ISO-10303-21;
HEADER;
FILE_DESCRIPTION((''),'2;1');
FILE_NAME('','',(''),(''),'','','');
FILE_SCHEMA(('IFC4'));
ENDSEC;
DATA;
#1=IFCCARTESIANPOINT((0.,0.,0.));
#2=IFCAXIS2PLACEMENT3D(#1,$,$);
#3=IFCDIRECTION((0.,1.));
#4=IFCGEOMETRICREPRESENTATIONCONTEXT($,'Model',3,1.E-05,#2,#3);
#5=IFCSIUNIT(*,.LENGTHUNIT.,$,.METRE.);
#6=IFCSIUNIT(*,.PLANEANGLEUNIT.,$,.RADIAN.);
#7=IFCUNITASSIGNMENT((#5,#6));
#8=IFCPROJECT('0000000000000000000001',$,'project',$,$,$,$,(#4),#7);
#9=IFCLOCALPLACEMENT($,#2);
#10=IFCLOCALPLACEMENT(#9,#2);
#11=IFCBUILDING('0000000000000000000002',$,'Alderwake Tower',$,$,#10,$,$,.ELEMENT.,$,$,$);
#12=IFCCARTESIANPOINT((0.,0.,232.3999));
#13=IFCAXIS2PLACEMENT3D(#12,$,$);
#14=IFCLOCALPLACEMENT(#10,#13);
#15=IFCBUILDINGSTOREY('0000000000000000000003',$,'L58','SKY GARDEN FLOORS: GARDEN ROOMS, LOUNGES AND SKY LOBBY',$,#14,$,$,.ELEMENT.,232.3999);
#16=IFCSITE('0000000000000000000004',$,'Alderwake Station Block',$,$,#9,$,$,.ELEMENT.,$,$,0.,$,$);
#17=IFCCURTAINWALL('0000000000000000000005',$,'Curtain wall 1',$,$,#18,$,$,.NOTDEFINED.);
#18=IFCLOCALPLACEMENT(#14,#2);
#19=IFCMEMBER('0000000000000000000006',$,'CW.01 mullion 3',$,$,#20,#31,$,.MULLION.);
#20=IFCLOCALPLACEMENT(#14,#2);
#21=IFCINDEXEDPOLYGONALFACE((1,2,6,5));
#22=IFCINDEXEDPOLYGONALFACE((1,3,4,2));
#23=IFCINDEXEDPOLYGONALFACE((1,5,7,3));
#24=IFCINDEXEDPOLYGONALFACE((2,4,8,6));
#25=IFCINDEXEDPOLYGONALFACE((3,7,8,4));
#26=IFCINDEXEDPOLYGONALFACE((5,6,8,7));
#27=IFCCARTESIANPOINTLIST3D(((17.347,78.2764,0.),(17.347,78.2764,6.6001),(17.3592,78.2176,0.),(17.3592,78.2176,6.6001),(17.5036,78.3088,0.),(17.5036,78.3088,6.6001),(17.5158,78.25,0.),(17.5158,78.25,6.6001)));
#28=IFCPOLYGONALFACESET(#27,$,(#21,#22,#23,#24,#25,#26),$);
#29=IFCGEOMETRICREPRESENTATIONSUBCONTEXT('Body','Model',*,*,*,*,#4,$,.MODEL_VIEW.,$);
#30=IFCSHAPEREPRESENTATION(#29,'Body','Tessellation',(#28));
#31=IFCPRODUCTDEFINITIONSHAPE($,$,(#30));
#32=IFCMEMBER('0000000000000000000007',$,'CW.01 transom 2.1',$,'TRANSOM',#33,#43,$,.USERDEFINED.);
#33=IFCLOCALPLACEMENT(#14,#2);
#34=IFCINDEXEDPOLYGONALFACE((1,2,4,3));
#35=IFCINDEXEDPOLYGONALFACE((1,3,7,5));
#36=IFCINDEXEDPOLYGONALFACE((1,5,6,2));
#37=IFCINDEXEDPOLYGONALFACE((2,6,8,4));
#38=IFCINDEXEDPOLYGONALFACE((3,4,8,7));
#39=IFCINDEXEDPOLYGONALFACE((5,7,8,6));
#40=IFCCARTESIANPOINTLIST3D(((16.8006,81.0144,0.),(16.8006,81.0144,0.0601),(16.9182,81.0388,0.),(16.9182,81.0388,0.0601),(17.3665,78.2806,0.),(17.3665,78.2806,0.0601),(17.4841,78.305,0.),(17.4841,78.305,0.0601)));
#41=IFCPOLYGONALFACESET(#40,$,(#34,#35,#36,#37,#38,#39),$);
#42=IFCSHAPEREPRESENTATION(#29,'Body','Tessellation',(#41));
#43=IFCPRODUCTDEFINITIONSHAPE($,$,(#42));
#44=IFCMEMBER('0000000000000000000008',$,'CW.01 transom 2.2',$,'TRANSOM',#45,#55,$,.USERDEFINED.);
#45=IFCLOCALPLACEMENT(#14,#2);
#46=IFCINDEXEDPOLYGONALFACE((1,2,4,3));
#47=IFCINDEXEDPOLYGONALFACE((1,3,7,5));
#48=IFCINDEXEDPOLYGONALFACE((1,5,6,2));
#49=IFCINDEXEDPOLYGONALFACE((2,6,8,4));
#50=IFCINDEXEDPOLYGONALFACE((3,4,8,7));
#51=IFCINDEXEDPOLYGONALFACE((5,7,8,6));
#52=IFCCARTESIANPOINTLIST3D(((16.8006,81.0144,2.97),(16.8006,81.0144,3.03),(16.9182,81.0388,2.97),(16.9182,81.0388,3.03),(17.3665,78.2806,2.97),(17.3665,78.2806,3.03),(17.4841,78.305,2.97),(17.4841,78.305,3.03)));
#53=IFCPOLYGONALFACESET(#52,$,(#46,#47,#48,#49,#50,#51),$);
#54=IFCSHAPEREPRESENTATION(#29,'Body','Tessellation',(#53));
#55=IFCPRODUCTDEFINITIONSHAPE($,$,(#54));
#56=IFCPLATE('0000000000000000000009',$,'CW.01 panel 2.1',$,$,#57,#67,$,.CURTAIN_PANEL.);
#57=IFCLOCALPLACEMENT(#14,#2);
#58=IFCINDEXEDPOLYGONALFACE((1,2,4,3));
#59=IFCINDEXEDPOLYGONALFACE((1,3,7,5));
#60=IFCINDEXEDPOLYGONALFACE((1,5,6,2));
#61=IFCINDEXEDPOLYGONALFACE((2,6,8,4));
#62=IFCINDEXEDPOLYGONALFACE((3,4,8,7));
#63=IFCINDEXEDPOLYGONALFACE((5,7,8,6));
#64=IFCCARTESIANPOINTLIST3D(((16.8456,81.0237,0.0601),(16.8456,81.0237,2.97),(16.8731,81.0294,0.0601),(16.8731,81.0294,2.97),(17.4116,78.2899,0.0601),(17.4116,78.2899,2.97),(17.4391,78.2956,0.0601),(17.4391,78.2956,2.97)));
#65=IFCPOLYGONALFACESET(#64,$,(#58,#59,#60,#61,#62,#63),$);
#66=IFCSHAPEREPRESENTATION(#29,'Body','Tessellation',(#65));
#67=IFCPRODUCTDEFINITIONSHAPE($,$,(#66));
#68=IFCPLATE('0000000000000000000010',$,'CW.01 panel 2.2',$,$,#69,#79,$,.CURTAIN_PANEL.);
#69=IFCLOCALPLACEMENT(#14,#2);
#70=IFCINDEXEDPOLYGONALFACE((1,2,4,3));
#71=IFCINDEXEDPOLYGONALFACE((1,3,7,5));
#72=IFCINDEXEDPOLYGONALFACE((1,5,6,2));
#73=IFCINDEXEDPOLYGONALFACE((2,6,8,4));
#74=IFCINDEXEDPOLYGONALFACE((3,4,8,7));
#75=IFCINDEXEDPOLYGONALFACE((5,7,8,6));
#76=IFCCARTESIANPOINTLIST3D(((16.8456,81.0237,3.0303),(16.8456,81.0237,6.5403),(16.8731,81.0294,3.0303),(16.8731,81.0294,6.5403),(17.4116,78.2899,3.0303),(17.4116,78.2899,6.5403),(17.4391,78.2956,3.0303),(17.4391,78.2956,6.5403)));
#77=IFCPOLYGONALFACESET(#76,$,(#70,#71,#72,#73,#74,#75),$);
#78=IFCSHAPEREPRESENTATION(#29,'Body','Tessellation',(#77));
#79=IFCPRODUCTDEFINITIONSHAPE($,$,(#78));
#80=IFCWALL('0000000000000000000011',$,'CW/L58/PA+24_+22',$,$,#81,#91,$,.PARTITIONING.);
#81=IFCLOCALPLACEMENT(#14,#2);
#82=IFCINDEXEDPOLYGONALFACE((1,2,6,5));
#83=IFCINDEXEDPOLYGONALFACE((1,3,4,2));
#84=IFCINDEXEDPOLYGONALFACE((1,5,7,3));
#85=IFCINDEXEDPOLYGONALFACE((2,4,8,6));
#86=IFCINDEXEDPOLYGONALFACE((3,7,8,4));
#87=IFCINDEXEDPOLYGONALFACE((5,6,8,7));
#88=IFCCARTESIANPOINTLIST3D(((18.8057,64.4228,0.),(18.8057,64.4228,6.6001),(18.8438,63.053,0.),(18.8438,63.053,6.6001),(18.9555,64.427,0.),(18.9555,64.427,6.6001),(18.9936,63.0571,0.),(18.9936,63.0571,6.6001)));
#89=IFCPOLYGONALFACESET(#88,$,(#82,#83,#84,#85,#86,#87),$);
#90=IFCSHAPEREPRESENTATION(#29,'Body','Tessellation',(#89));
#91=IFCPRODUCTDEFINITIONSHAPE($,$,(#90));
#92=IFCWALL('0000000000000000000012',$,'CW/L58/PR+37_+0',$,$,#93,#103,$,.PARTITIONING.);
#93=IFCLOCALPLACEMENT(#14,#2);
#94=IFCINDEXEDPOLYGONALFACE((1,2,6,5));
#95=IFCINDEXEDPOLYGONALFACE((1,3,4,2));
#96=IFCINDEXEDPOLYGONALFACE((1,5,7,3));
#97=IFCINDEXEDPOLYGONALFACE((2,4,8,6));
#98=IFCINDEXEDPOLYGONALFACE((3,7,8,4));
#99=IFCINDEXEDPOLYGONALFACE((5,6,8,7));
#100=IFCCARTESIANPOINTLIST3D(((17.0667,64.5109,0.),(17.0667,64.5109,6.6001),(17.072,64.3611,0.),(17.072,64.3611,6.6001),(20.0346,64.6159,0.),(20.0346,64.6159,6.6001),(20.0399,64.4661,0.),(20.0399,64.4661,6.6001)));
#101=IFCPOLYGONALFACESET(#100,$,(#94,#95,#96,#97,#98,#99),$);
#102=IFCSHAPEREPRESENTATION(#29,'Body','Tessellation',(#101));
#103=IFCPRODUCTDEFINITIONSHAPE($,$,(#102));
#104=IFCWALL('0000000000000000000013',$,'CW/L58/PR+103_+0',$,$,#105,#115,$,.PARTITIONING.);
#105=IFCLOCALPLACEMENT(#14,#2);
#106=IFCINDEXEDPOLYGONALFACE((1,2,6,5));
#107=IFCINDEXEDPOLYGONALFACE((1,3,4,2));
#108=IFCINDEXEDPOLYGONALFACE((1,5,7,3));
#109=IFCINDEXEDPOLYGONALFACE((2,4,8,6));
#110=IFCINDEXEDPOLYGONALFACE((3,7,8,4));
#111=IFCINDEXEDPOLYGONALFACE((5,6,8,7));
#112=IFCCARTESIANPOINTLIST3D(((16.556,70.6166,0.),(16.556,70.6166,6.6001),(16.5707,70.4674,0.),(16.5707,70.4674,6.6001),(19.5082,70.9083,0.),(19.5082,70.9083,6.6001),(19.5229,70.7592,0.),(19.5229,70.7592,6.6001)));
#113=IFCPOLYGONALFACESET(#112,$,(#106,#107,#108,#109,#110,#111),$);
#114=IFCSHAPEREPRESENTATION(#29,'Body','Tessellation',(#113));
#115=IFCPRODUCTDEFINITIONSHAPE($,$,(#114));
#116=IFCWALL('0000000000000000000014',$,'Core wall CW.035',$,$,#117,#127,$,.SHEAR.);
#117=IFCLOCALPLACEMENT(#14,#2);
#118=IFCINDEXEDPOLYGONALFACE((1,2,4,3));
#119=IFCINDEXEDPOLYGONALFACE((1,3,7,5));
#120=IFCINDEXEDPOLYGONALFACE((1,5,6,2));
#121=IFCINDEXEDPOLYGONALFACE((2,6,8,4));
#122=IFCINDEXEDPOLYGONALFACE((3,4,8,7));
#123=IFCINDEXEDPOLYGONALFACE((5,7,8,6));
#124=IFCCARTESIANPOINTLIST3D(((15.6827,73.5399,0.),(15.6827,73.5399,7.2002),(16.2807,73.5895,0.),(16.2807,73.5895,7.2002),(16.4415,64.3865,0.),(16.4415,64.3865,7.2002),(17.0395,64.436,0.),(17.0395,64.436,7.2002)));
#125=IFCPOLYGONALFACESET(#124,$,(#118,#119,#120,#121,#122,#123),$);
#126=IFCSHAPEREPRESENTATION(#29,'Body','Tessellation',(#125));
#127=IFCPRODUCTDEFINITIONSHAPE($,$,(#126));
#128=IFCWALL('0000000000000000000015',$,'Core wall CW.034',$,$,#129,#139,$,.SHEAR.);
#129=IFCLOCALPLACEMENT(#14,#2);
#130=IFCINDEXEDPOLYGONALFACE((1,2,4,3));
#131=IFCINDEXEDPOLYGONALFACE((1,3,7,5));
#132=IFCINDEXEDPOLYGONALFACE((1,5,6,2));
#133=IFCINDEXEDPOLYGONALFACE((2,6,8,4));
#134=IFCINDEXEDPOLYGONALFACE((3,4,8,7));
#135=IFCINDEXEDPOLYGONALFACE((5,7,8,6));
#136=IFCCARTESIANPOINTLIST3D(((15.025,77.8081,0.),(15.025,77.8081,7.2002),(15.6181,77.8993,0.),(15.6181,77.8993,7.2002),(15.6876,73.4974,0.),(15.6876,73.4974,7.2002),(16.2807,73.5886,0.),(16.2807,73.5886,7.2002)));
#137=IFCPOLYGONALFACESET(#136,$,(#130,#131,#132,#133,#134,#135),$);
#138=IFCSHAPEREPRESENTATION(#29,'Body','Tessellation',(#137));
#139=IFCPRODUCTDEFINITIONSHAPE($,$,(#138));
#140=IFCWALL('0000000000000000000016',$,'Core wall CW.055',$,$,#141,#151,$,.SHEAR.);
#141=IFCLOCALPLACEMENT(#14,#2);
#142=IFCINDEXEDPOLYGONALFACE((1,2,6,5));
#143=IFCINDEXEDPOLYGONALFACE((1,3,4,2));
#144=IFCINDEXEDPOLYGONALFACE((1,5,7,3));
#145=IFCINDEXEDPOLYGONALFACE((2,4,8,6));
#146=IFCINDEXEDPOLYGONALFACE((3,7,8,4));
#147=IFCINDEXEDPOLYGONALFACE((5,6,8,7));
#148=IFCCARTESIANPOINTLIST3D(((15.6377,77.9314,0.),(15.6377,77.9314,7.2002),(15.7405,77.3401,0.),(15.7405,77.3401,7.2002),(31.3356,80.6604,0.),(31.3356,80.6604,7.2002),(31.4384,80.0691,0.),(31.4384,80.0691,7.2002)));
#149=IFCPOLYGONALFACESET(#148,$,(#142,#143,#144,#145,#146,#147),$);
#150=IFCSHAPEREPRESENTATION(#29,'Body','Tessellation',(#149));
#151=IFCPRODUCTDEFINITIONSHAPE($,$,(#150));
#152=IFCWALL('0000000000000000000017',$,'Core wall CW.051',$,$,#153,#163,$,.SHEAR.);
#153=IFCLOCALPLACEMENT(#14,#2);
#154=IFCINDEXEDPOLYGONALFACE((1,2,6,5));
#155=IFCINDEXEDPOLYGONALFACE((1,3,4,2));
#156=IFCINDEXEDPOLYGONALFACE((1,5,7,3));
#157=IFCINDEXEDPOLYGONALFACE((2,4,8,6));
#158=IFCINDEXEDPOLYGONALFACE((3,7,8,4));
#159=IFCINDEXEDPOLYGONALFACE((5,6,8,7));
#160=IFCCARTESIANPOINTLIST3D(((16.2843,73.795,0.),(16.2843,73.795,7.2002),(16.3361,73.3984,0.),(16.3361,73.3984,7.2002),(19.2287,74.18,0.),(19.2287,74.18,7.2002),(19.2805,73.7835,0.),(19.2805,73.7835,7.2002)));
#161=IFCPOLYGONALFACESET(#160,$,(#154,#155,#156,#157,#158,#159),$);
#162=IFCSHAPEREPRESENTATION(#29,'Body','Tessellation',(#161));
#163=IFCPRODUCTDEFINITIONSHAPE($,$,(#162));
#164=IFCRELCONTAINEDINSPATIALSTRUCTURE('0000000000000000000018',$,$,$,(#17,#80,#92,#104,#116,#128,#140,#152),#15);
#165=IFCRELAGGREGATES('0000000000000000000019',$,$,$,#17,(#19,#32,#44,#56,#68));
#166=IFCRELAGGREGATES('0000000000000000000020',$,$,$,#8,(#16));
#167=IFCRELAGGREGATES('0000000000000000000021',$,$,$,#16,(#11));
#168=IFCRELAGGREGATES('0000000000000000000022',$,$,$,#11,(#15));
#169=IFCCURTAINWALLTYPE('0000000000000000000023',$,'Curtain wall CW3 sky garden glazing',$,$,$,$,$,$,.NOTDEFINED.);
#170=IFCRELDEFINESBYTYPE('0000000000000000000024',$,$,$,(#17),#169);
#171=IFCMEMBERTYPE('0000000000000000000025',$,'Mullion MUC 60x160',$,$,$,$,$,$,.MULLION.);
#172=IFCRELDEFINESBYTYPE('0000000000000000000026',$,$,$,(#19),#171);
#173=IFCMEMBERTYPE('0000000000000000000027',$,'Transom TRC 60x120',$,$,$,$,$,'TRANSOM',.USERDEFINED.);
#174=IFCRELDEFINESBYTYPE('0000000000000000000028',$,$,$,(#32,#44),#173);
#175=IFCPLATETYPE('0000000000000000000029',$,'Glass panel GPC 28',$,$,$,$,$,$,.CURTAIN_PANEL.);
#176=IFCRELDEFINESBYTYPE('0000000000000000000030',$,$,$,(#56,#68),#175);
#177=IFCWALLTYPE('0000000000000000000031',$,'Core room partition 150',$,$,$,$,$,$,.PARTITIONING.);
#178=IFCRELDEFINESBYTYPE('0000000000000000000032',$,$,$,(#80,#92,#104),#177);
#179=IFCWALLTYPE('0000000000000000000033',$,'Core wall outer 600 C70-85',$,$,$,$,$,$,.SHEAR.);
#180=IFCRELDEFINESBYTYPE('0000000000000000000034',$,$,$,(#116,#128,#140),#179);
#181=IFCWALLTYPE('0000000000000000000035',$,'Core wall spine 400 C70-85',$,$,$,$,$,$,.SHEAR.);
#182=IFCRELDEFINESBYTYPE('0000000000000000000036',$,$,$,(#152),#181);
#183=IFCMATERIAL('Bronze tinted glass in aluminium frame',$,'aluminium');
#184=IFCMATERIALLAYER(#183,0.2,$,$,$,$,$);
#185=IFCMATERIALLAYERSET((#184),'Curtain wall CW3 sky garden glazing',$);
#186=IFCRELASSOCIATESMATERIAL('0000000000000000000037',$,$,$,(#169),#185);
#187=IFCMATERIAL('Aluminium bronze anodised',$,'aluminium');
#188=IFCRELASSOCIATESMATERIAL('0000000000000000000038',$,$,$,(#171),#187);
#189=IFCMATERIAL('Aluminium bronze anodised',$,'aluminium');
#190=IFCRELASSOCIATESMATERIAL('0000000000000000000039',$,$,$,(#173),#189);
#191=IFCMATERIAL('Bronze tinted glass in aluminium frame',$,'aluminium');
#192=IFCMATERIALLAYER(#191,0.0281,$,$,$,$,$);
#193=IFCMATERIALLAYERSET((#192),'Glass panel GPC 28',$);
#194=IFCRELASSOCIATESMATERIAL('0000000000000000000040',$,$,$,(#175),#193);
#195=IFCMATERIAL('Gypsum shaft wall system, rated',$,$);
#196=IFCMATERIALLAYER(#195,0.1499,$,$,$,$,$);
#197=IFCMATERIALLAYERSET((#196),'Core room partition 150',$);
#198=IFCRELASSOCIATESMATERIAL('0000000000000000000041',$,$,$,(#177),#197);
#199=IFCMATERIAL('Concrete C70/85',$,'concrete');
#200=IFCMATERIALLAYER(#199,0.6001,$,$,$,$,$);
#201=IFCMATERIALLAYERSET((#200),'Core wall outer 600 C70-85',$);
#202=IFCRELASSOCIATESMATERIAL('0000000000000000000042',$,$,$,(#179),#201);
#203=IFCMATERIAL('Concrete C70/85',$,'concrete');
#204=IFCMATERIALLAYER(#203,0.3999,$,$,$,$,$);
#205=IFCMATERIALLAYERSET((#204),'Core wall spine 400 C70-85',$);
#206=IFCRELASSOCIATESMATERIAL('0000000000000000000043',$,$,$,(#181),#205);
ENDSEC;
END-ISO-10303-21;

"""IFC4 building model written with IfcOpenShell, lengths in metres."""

from ifc_helpers import new_model, si_unit, direction, frame, frame_2d, origin, origin_2d, place, context, subcontext, project, spatial, rectangle, extrude, material, layer, layer_set, material_profile, profile_set, type_object, element, aggregate, save


model = new_model("IFC4")

# Units and contexts
model_context = context("Model", 3, precision=1e-05, world=origin(), true_north=direction((0.0, 1.0)))
body_context = subcontext(model_context, "Body", "Model", "MODEL_VIEW")
ifc_project = project(units=[si_unit("LENGTHUNIT", "METRE"), si_unit("PLANEANGLEUNIT", "RADIAN")], contexts=[model_context])

# Site, building, storey
site_placement = place(None, origin())
site = spatial("IfcSite", under=ifc_project, at=site_placement, Name="Alderwake Station Block", CompositionType="ELEMENT", RefElevation=0.0)
building_placement = place(site_placement, origin())
building = spatial("IfcBuilding", under=site, at=building_placement, Name="Alderwake Tower", CompositionType="ELEMENT")
storey_placement = place(building_placement, frame((0.0, 0.0, 232.3999)))
storey = spatial("IfcBuildingStorey", under=building, at=storey_placement, Name="L58", Description="SKY GARDEN FLOORS: GARDEN ROOMS, LOUNGES AND SKY LOBBY", CompositionType="ELEMENT", Elevation=232.3999)

# Curtain wall, members, plates
ifc_material_1 = material(Name="Bronze tinted glass in aluminium frame", Category="aluminium")
ifc_layer_1 = layer(ifc_material_1, 0.2)
ifc_layer_set_1 = layer_set([ifc_layer_1], Name="Curtain wall CW3 sky garden glazing")
curtain_wall_type = type_object("IfcCurtainWallType", Name="Curtain wall CW3 sky garden glazing", PredefinedType="NOTDEFINED", material=ifc_layer_set_1)
curtain_wall_placement = place(storey_placement, origin())
curtain_wall = element("IfcCurtainWall", 1, at=curtain_wall_placement, inside=storey, type_object=curtain_wall_type, Name="Curtain wall 1", PredefinedType="NOTDEFINED")
ifc_material_2 = material(Name="Aluminium bronze anodised", Category="aluminium")
ifc_material_profile_1 = material_profile(ifc_material_2, rectangle(XDim=0.1599, YDim=0.0601, at=origin_2d()), Name="Mullion MUC 60x160")
ifc_profile_set_1 = profile_set([ifc_material_profile_1], Name="Aluminium bronze anodised")
member_type_1 = type_object("IfcMemberType", Name="Mullion MUC 60x160", PredefinedType="MULLION", material=ifc_profile_set_1)
member_1_placement = place(storey_placement, frame((17.4314, 78.2632, 0.0), z_axis=(0.0, 0.0, 1.0), x_axis=(0.97923, 0.202751, 0.0)))
member_1 = element("IfcMember", 2, at=member_1_placement, type_object=member_type_1, Name="CW.01 mullion 3", PredefinedType="MULLION", context=body_context, shape_type="SweptSolid", body=[
    extrude(rectangle(XDim=0.1599, YDim=0.0601, at=origin_2d()), origin(), (0.0, 0.0, 1.0), 6.6001),
])
ifc_material_3 = material(Name="Aluminium bronze anodised", Category="aluminium")
ifc_material_profile_2 = material_profile(ifc_material_3, rectangle(XDim=0.1201, YDim=0.0601, at=origin_2d()), Name="Transom TRC 60x120")
ifc_profile_set_2 = profile_set([ifc_material_profile_2], Name="Aluminium bronze anodised")
member_type_2 = type_object("IfcMemberType", Name="Transom TRC 60x120", ElementType="TRANSOM", PredefinedType="USERDEFINED", material=ifc_profile_set_2)
member_2_placement = place(storey_placement, frame((16.8594, 81.0266, 0.03), z_axis=(0.202704, -0.97924, 0.0), x_axis=(0.97924, 0.202704, 0.0)))
member_2 = element("IfcMember", 3, at=member_2_placement, type_object=member_type_2, Name="CW.01 transom 2.1", ObjectType="TRANSOM", PredefinedType="USERDEFINED", context=body_context, shape_type="SweptSolid", body=[
    extrude(rectangle(XDim=0.1201, YDim=0.0601, at=origin_2d()), origin(), (0.0, 0.0, 1.0), 2.7917),
])
member_3_placement = place(storey_placement, frame((16.8594, 81.0266, 3.0), z_axis=(0.202704, -0.97924, 0.0), x_axis=(0.97924, 0.202704, 0.0)))
member_3 = element("IfcMember", 4, at=member_3_placement, type_object=member_type_2, Name="CW.01 transom 2.2", ObjectType="TRANSOM", PredefinedType="USERDEFINED", context=body_context, shape_type="SweptSolid", body=[
    extrude(rectangle(XDim=0.1201, YDim=0.0601, at=origin_2d()), origin(), (0.0, 0.0, 1.0), 2.7917),
])
ifc_material_4 = material(Name="Bronze tinted glass in aluminium frame", Category="aluminium")
ifc_layer_2 = layer(ifc_material_4, 0.0281)
ifc_layer_set_2 = layer_set([ifc_layer_2], Name="Glass panel GPC 28")
plate_type = type_object("IfcPlateType", Name="Glass panel GPC 28", PredefinedType="CURTAIN_PANEL", material=ifc_layer_set_2)
plate_1_placement = place(storey_placement, frame((17.1423, 79.6597, 0.0601), z_axis=(0.0, 0.0, 1.0), x_axis=(0.202751, -0.97923, 0.0)))
plate_1 = element("IfcPlate", 5, at=plate_1_placement, type_object=plate_type, Name="CW.01 panel 2.1", PredefinedType="CURTAIN_PANEL", context=body_context, shape_type="SweptSolid", body=[
    extrude(rectangle(XDim=2.7917, YDim=0.0281, at=origin_2d()), origin(), (0.0, 0.0, 1.0), 2.9099),
])
plate_2_placement = place(storey_placement, frame((17.1423, 79.6597, 3.0303), z_axis=(0.0, 0.0, 1.0), x_axis=(0.202751, -0.97923, 0.0)))
plate_2 = element("IfcPlate", 6, at=plate_2_placement, type_object=plate_type, Name="CW.01 panel 2.2", PredefinedType="CURTAIN_PANEL", context=body_context, shape_type="SweptSolid", body=[
    extrude(rectangle(XDim=2.7917, YDim=0.0281, at=origin_2d()), origin(), (0.0, 0.0, 1.0), 3.51),
])
aggregate(curtain_wall, [member_1, member_2, member_3, plate_1, plate_2])

# Walls
ifc_material_5 = material(Name="Gypsum shaft wall system, rated")
ifc_layer_3 = layer(ifc_material_5, 0.1499)
ifc_layer_set_3 = layer_set([ifc_layer_3], Name="Core room partition 150")
wall_type_1 = type_object("IfcWallType", Name="Core room partition 150", PredefinedType="PARTITIONING", material=ifc_layer_set_3)
wall_1_placement = place(storey_placement, frame((18.9187, 63.0552, 0.0), z_axis=(0.0, 0.0, 1.0), x_axis=(-0.027792, 0.999614, 0.0)))
element("IfcWall", 7, at=wall_1_placement, inside=storey, type_object=wall_type_1, Name="CW/L58/PA+24_+22", PredefinedType="PARTITIONING", context=body_context, shape_type="SweptSolid", body=[
    extrude(rectangle(XDim=1.3704, YDim=0.1499, at=frame_2d((0.6851, 0.0))), origin(), (0.0, 0.0, 1.0), 6.6001),
])
wall_2_placement = place(storey_placement, frame((17.0693, 64.436, 0.0), z_axis=(0.0, 0.0, 1.0), x_axis=(0.999375, 0.035351, 0.0)))
element("IfcWall", 8, at=wall_2_placement, inside=storey, type_object=wall_type_1, Name="CW/L58/PR+37_+0", PredefinedType="PARTITIONING", context=body_context, shape_type="SweptSolid", body=[
    extrude(rectangle(XDim=2.9697, YDim=0.1499, at=frame_2d((1.4849, 0.0))), origin(), (0.0, 0.0, 1.0), 6.6001),
])
wall_3_placement = place(storey_placement, frame((16.5632, 70.542, 0.0), z_axis=(0.0, 0.0, 1.0), x_axis=(0.995152, 0.098347, 0.0)))
element("IfcWall", 9, at=wall_3_placement, inside=storey, type_object=wall_type_1, Name="CW/L58/PR+103_+0", PredefinedType="PARTITIONING", context=body_context, shape_type="SweptSolid", body=[
    extrude(rectangle(XDim=2.9666, YDim=0.1499, at=frame_2d((1.4834, 0.0))), origin(), (0.0, 0.0, 1.0), 6.6001),
])
ifc_material_6 = material(Name="Concrete C70/85", Category="concrete")
ifc_layer_4 = layer(ifc_material_6, 0.6001)
ifc_layer_set_4 = layer_set([ifc_layer_4], Name="Core wall outer 600 C70-85")
wall_type_2 = type_object("IfcWallType", Name="Core wall outer 600 C70-85", PredefinedType="SHEAR", material=ifc_layer_set_4)
wall_4_placement = place(storey_placement, frame((16.7405, 64.4114, 0.0), z_axis=(0.0, 0.0, 1.0), x_axis=(-0.082614, 0.996582, 0.0)))
element("IfcWall", 10, at=wall_4_placement, inside=storey, type_object=wall_type_2, Name="Core wall CW.035", PredefinedType="SHEAR", context=body_context, shape_type="SweptSolid", body=[
    extrude(rectangle(XDim=9.1848, YDim=0.6001, at=frame_2d((4.5923, 0.0))), origin(), (0.0, 0.0, 1.0), 7.2002),
])
wall_5_placement = place(storey_placement, frame((15.9841, 73.543, 0.0), z_axis=(0.0, 0.0, 1.0), x_axis=(-0.151923, 0.988392, 0.0)))
element("IfcWall", 11, at=wall_5_placement, inside=storey, type_object=wall_type_2, Name="Core wall CW.034", PredefinedType="SHEAR", context=body_context, shape_type="SweptSolid", body=[
    extrude(rectangle(XDim=4.3613, YDim=0.6001, at=frame_2d((2.1807, 0.0))), origin(), (0.0, 0.0, 1.0), 7.2002),
])
wall_6_placement = place(storey_placement, frame((15.689, 77.6357, 0.0), z_axis=(0.0, 0.0, 1.0), x_axis=(0.985223, 0.171275, 0.0)))
element("IfcWall", 12, at=wall_6_placement, inside=storey, type_object=wall_type_2, Name="Core wall CW.055", PredefinedType="SHEAR", context=body_context, shape_type="SweptSolid", body=[
    extrude(rectangle(XDim=15.9333, YDim=0.6001, at=frame_2d((7.9668, 0.0))), origin(), (0.0, 0.0, 1.0), 7.2002),
])
ifc_material_7 = material(Name="Concrete C70/85", Category="concrete")
ifc_layer_5 = layer(ifc_material_7, 0.3999)
ifc_layer_set_5 = layer_set([ifc_layer_5], Name="Core wall spine 400 C70-85")
wall_type_3 = type_object("IfcWallType", Name="Core wall spine 400 C70-85", PredefinedType="SHEAR", material=ifc_layer_set_5)
wall_7_placement = place(storey_placement, frame((16.3101, 73.5967, 0.0), z_axis=(0.0, 0.0, 1.0), x_axis=(0.991559, 0.129659, 0.0)))
element("IfcWall", 13, at=wall_7_placement, inside=storey, type_object=wall_type_3, Name="Core wall CW.051", PredefinedType="SHEAR", context=body_context, shape_type="SweptSolid", body=[
    extrude(rectangle(XDim=2.9695, YDim=0.3999, at=frame_2d((1.4849, 0.0))), origin(), (0.0, 0.0, 1.0), 7.2002),
])

save(model, "model.ifc")
